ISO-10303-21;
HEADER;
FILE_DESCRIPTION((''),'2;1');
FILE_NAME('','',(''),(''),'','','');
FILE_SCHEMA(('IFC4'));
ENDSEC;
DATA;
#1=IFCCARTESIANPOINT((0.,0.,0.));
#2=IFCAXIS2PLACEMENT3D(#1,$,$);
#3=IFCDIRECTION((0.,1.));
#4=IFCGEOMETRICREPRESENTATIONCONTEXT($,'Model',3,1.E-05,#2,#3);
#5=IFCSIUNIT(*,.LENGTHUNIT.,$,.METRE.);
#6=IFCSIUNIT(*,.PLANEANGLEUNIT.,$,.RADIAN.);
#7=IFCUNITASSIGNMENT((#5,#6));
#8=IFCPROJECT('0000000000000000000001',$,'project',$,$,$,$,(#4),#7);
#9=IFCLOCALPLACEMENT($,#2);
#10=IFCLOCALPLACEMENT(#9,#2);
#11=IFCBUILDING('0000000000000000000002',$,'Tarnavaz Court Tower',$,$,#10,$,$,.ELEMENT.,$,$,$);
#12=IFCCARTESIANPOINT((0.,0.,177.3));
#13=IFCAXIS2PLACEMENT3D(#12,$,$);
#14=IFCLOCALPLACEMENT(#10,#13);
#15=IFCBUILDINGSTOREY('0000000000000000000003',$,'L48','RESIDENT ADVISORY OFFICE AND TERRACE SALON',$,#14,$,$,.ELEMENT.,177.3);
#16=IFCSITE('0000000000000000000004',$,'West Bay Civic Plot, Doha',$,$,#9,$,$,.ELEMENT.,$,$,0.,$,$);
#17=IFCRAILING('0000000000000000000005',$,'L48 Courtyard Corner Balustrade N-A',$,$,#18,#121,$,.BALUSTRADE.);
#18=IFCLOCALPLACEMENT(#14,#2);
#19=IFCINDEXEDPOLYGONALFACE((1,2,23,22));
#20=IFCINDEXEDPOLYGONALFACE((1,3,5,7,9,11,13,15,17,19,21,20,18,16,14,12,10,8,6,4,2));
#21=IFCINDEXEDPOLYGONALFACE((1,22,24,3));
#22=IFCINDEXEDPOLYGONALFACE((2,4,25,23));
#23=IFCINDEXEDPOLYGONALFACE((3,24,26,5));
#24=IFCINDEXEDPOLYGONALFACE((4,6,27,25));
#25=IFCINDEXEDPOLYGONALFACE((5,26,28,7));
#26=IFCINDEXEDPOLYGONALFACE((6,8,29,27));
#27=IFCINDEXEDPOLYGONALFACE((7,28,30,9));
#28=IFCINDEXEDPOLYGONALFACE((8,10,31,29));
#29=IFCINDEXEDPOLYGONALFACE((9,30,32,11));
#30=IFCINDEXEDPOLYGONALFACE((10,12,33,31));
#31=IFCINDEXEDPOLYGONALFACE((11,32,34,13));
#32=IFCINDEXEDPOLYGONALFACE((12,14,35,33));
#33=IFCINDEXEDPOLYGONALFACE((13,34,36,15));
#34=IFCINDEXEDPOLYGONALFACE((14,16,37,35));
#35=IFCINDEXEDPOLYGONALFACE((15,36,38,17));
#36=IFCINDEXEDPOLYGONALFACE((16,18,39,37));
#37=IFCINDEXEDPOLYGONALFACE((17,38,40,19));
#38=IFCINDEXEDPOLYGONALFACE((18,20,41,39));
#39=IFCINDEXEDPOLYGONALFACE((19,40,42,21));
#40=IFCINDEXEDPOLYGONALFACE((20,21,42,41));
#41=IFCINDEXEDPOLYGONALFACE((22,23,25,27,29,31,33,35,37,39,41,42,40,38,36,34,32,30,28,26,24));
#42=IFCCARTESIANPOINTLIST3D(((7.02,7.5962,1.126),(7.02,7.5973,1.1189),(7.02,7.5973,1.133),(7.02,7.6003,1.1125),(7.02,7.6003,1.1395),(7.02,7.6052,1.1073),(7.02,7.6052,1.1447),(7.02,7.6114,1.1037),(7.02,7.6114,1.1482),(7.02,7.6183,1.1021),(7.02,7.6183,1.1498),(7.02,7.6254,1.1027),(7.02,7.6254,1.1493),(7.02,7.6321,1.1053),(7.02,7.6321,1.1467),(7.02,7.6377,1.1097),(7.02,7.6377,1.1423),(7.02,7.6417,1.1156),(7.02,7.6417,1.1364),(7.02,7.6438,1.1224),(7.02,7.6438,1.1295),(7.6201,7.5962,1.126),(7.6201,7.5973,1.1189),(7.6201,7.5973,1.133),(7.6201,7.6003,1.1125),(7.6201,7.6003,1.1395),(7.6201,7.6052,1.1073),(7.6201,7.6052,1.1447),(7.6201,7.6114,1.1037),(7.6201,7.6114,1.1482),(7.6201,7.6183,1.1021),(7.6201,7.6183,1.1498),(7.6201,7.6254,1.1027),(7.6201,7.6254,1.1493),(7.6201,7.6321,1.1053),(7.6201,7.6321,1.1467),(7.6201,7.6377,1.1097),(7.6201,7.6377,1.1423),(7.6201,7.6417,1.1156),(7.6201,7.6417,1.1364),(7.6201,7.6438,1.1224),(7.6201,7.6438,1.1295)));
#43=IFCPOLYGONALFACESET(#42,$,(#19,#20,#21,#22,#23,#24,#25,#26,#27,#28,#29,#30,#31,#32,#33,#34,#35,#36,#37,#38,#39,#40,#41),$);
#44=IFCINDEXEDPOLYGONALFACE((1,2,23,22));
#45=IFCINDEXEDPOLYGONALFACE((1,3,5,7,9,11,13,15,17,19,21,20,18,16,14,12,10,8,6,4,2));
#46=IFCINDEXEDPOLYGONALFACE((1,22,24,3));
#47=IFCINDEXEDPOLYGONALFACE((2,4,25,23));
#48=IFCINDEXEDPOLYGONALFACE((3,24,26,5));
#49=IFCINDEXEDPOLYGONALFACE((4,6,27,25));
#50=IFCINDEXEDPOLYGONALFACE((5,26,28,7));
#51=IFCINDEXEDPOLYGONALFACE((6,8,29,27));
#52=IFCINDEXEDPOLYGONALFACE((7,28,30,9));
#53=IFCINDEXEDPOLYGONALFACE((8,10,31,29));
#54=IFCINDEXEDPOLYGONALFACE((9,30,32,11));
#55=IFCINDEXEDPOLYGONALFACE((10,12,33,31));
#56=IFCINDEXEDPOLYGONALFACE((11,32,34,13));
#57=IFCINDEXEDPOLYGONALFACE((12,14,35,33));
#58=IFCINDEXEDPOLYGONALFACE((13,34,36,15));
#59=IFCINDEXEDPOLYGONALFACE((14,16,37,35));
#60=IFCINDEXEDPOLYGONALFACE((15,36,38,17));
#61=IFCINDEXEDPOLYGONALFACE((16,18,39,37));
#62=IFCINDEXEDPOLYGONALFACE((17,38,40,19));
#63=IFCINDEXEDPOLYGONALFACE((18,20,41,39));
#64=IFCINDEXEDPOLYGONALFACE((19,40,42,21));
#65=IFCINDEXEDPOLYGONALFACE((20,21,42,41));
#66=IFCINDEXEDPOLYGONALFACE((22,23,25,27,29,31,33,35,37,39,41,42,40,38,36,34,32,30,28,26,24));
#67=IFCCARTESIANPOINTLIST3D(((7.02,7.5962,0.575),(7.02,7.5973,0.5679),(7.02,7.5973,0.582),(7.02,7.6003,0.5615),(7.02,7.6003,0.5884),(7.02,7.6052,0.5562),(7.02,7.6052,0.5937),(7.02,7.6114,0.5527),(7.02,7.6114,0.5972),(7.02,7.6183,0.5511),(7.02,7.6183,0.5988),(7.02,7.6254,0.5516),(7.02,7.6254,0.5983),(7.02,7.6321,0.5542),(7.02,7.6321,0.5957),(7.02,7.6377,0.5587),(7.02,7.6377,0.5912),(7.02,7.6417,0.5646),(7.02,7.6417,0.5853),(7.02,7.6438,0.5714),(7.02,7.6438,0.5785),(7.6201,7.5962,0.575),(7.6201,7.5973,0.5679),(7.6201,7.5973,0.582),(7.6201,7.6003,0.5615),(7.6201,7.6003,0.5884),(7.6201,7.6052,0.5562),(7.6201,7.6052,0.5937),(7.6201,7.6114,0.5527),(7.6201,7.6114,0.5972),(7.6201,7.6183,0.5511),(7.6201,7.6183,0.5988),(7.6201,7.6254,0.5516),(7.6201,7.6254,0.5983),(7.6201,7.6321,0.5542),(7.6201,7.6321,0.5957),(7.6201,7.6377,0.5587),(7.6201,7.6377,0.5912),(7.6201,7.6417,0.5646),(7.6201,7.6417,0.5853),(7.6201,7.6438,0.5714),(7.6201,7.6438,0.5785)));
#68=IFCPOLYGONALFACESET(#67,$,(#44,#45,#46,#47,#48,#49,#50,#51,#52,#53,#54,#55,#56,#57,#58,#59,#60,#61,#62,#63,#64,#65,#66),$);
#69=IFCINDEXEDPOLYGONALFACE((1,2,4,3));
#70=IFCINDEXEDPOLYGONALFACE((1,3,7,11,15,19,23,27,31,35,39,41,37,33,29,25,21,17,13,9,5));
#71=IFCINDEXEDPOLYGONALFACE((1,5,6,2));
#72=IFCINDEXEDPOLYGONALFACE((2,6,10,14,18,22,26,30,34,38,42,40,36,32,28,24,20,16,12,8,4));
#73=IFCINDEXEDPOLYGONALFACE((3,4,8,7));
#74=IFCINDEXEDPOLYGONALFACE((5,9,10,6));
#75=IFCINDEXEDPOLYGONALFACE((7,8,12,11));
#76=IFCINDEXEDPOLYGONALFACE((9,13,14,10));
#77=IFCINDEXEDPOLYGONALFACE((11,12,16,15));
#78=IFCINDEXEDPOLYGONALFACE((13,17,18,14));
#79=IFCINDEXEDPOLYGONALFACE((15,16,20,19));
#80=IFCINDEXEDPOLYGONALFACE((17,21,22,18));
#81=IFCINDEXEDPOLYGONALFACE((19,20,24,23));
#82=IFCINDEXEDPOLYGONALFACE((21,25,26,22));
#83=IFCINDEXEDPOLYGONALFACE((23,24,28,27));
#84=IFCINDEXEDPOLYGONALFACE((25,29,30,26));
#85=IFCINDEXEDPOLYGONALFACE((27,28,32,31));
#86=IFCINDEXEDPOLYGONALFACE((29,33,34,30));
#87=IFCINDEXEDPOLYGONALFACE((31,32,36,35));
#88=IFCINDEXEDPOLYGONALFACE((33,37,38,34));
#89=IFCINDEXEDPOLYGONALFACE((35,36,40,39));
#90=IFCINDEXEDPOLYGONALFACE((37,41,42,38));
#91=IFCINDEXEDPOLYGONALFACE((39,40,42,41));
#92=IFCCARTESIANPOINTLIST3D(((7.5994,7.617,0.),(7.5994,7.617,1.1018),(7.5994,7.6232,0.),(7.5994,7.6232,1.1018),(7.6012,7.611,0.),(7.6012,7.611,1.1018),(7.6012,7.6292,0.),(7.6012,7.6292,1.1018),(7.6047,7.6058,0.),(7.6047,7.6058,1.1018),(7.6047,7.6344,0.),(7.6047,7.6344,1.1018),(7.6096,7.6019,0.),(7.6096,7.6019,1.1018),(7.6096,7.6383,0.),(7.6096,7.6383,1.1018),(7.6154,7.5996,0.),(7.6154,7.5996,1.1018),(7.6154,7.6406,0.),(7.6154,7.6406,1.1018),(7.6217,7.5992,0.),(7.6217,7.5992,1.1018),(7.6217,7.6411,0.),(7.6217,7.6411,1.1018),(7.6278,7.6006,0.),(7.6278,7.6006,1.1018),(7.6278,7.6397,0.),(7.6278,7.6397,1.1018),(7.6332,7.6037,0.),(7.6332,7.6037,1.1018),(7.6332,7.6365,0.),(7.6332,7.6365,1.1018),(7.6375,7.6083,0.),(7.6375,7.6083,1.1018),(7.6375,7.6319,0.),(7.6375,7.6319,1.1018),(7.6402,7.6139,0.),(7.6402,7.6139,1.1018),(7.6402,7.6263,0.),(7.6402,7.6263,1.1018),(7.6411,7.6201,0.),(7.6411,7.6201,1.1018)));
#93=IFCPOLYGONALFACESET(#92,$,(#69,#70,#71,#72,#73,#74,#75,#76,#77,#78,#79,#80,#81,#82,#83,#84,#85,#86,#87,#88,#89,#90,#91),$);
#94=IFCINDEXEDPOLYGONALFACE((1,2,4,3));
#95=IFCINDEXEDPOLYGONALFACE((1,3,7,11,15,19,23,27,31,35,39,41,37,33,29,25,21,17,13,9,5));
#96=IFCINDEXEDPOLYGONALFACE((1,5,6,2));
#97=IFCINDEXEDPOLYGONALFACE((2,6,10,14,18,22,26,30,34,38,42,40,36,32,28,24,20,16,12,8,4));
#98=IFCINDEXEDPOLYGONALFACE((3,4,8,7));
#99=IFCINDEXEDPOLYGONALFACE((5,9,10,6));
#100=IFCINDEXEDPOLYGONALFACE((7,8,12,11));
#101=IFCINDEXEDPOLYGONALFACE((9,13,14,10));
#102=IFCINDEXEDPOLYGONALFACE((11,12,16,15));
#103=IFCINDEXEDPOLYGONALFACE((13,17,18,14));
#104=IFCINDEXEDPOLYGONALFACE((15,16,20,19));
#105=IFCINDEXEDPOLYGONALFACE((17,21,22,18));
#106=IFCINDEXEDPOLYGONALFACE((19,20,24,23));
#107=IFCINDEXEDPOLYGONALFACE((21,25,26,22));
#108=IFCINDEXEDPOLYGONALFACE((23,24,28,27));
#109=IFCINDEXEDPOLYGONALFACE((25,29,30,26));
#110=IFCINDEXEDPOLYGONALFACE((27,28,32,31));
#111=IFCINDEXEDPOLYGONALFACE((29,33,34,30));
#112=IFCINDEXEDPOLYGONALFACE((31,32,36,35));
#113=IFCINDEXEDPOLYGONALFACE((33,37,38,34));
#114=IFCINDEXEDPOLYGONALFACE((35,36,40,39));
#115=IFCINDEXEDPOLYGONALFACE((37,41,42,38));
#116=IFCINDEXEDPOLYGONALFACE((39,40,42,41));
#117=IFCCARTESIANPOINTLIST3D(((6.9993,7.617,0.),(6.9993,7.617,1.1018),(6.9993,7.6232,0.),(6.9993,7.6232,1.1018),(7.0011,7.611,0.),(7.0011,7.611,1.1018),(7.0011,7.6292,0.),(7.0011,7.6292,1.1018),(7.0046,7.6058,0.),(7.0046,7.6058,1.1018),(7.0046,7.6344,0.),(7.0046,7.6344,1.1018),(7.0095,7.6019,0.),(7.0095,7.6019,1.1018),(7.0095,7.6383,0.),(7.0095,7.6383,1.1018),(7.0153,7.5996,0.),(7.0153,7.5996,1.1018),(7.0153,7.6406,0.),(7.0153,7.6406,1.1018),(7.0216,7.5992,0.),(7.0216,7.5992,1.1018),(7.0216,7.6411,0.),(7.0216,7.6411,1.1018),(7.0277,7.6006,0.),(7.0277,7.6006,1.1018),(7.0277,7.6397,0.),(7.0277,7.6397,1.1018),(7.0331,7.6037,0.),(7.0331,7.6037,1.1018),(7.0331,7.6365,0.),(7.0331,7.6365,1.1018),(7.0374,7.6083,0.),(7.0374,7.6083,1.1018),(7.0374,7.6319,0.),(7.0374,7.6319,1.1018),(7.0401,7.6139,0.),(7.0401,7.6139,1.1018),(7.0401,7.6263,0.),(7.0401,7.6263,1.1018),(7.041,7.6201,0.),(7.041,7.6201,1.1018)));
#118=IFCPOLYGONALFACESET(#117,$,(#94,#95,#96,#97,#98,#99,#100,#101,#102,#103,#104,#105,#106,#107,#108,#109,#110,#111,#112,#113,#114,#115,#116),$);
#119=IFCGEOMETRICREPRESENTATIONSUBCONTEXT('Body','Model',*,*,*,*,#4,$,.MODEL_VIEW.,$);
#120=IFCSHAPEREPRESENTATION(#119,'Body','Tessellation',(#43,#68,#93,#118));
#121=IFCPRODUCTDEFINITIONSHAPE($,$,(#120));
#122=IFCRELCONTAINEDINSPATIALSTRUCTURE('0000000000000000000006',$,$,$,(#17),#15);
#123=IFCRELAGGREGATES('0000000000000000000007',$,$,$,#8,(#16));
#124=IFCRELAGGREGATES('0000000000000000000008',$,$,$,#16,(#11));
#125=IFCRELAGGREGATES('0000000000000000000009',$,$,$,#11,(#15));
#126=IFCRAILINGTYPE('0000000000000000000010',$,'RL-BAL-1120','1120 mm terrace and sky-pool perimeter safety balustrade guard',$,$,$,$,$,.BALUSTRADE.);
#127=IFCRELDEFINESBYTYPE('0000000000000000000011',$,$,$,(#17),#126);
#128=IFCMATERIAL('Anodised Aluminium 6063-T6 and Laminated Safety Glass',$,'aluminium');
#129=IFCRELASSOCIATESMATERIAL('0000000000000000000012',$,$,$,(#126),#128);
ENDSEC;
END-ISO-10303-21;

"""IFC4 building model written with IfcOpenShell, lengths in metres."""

from ifc_helpers import new_model, si_unit, direction, frame, origin, origin_2d, place, context, subcontext, project, spatial, circle, extrude, material, type_object, element, save


model = new_model("IFC4")

# Units and contexts
model_context = context("Model", 3, precision=1e-05, world=origin(), true_north=direction((0.0, 1.0)))
body_context = subcontext(model_context, "Body", "Model", "MODEL_VIEW")
ifc_project = project(units=[si_unit("LENGTHUNIT", "METRE"), si_unit("PLANEANGLEUNIT", "RADIAN")], contexts=[model_context])

# Site, building, storey
site_placement = place(None, origin())
site = spatial("IfcSite", under=ifc_project, at=site_placement, Name="West Bay Civic Plot, Doha", CompositionType="ELEMENT", RefElevation=0.0)
building_placement = place(site_placement, origin())
building = spatial("IfcBuilding", under=site, at=building_placement, Name="Tarnavaz Court Tower", CompositionType="ELEMENT")
storey_placement = place(building_placement, frame((0.0, 0.0, 177.3)))
storey = spatial("IfcBuildingStorey", under=building, at=storey_placement, Name="L48", Description="RESIDENT ADVISORY OFFICE AND TERRACE SALON", CompositionType="ELEMENT", Elevation=177.3)

# Railing
ifc_material_1 = material(Name="Anodised Aluminium 6063-T6 and Laminated Safety Glass", Category="aluminium")
railing_type_1 = type_object("IfcRailingType", Name="RL-BAL-1120", Description="1120 mm terrace and sky-pool perimeter safety balustrade guard", PredefinedType="BALUSTRADE", material=ifc_material_1)
railing_1_placement = place(storey_placement, frame((7.6201, 7.6201, 0.0)))
element("IfcRailing", 1, at=railing_1_placement, inside=storey, type_object=railing_type_1, Name="L48 Courtyard Corner Balustrade N-A", PredefinedType="BALUSTRADE", context=body_context, shape_type="SweptSolid", body=[
    extrude(circle(Radius=0.0239, at=origin_2d()), frame((0.0, 0.0, 1.126), z_axis=(-1.0, 0.0, 0.0), x_axis=(0.0, -1.0, 0.0)), (0.0, 0.0, 1.0), 0.6001),
    extrude(circle(Radius=0.0239, at=origin_2d()), frame((0.0, 0.0, 0.575), z_axis=(-1.0, 0.0, 0.0), x_axis=(0.0, -1.0, 0.0)), (0.0, 0.0, 1.0), 0.6001),
    extrude(circle(Radius=0.021, at=origin_2d()), origin(), (0.0, 0.0, 1.0), 1.1018),
    extrude(circle(Radius=0.021, at=origin_2d()), frame((-0.6001, 0.0, 0.0)), (0.0, 0.0, 1.0), 1.1018),
])

save(model, "model.ifc")
